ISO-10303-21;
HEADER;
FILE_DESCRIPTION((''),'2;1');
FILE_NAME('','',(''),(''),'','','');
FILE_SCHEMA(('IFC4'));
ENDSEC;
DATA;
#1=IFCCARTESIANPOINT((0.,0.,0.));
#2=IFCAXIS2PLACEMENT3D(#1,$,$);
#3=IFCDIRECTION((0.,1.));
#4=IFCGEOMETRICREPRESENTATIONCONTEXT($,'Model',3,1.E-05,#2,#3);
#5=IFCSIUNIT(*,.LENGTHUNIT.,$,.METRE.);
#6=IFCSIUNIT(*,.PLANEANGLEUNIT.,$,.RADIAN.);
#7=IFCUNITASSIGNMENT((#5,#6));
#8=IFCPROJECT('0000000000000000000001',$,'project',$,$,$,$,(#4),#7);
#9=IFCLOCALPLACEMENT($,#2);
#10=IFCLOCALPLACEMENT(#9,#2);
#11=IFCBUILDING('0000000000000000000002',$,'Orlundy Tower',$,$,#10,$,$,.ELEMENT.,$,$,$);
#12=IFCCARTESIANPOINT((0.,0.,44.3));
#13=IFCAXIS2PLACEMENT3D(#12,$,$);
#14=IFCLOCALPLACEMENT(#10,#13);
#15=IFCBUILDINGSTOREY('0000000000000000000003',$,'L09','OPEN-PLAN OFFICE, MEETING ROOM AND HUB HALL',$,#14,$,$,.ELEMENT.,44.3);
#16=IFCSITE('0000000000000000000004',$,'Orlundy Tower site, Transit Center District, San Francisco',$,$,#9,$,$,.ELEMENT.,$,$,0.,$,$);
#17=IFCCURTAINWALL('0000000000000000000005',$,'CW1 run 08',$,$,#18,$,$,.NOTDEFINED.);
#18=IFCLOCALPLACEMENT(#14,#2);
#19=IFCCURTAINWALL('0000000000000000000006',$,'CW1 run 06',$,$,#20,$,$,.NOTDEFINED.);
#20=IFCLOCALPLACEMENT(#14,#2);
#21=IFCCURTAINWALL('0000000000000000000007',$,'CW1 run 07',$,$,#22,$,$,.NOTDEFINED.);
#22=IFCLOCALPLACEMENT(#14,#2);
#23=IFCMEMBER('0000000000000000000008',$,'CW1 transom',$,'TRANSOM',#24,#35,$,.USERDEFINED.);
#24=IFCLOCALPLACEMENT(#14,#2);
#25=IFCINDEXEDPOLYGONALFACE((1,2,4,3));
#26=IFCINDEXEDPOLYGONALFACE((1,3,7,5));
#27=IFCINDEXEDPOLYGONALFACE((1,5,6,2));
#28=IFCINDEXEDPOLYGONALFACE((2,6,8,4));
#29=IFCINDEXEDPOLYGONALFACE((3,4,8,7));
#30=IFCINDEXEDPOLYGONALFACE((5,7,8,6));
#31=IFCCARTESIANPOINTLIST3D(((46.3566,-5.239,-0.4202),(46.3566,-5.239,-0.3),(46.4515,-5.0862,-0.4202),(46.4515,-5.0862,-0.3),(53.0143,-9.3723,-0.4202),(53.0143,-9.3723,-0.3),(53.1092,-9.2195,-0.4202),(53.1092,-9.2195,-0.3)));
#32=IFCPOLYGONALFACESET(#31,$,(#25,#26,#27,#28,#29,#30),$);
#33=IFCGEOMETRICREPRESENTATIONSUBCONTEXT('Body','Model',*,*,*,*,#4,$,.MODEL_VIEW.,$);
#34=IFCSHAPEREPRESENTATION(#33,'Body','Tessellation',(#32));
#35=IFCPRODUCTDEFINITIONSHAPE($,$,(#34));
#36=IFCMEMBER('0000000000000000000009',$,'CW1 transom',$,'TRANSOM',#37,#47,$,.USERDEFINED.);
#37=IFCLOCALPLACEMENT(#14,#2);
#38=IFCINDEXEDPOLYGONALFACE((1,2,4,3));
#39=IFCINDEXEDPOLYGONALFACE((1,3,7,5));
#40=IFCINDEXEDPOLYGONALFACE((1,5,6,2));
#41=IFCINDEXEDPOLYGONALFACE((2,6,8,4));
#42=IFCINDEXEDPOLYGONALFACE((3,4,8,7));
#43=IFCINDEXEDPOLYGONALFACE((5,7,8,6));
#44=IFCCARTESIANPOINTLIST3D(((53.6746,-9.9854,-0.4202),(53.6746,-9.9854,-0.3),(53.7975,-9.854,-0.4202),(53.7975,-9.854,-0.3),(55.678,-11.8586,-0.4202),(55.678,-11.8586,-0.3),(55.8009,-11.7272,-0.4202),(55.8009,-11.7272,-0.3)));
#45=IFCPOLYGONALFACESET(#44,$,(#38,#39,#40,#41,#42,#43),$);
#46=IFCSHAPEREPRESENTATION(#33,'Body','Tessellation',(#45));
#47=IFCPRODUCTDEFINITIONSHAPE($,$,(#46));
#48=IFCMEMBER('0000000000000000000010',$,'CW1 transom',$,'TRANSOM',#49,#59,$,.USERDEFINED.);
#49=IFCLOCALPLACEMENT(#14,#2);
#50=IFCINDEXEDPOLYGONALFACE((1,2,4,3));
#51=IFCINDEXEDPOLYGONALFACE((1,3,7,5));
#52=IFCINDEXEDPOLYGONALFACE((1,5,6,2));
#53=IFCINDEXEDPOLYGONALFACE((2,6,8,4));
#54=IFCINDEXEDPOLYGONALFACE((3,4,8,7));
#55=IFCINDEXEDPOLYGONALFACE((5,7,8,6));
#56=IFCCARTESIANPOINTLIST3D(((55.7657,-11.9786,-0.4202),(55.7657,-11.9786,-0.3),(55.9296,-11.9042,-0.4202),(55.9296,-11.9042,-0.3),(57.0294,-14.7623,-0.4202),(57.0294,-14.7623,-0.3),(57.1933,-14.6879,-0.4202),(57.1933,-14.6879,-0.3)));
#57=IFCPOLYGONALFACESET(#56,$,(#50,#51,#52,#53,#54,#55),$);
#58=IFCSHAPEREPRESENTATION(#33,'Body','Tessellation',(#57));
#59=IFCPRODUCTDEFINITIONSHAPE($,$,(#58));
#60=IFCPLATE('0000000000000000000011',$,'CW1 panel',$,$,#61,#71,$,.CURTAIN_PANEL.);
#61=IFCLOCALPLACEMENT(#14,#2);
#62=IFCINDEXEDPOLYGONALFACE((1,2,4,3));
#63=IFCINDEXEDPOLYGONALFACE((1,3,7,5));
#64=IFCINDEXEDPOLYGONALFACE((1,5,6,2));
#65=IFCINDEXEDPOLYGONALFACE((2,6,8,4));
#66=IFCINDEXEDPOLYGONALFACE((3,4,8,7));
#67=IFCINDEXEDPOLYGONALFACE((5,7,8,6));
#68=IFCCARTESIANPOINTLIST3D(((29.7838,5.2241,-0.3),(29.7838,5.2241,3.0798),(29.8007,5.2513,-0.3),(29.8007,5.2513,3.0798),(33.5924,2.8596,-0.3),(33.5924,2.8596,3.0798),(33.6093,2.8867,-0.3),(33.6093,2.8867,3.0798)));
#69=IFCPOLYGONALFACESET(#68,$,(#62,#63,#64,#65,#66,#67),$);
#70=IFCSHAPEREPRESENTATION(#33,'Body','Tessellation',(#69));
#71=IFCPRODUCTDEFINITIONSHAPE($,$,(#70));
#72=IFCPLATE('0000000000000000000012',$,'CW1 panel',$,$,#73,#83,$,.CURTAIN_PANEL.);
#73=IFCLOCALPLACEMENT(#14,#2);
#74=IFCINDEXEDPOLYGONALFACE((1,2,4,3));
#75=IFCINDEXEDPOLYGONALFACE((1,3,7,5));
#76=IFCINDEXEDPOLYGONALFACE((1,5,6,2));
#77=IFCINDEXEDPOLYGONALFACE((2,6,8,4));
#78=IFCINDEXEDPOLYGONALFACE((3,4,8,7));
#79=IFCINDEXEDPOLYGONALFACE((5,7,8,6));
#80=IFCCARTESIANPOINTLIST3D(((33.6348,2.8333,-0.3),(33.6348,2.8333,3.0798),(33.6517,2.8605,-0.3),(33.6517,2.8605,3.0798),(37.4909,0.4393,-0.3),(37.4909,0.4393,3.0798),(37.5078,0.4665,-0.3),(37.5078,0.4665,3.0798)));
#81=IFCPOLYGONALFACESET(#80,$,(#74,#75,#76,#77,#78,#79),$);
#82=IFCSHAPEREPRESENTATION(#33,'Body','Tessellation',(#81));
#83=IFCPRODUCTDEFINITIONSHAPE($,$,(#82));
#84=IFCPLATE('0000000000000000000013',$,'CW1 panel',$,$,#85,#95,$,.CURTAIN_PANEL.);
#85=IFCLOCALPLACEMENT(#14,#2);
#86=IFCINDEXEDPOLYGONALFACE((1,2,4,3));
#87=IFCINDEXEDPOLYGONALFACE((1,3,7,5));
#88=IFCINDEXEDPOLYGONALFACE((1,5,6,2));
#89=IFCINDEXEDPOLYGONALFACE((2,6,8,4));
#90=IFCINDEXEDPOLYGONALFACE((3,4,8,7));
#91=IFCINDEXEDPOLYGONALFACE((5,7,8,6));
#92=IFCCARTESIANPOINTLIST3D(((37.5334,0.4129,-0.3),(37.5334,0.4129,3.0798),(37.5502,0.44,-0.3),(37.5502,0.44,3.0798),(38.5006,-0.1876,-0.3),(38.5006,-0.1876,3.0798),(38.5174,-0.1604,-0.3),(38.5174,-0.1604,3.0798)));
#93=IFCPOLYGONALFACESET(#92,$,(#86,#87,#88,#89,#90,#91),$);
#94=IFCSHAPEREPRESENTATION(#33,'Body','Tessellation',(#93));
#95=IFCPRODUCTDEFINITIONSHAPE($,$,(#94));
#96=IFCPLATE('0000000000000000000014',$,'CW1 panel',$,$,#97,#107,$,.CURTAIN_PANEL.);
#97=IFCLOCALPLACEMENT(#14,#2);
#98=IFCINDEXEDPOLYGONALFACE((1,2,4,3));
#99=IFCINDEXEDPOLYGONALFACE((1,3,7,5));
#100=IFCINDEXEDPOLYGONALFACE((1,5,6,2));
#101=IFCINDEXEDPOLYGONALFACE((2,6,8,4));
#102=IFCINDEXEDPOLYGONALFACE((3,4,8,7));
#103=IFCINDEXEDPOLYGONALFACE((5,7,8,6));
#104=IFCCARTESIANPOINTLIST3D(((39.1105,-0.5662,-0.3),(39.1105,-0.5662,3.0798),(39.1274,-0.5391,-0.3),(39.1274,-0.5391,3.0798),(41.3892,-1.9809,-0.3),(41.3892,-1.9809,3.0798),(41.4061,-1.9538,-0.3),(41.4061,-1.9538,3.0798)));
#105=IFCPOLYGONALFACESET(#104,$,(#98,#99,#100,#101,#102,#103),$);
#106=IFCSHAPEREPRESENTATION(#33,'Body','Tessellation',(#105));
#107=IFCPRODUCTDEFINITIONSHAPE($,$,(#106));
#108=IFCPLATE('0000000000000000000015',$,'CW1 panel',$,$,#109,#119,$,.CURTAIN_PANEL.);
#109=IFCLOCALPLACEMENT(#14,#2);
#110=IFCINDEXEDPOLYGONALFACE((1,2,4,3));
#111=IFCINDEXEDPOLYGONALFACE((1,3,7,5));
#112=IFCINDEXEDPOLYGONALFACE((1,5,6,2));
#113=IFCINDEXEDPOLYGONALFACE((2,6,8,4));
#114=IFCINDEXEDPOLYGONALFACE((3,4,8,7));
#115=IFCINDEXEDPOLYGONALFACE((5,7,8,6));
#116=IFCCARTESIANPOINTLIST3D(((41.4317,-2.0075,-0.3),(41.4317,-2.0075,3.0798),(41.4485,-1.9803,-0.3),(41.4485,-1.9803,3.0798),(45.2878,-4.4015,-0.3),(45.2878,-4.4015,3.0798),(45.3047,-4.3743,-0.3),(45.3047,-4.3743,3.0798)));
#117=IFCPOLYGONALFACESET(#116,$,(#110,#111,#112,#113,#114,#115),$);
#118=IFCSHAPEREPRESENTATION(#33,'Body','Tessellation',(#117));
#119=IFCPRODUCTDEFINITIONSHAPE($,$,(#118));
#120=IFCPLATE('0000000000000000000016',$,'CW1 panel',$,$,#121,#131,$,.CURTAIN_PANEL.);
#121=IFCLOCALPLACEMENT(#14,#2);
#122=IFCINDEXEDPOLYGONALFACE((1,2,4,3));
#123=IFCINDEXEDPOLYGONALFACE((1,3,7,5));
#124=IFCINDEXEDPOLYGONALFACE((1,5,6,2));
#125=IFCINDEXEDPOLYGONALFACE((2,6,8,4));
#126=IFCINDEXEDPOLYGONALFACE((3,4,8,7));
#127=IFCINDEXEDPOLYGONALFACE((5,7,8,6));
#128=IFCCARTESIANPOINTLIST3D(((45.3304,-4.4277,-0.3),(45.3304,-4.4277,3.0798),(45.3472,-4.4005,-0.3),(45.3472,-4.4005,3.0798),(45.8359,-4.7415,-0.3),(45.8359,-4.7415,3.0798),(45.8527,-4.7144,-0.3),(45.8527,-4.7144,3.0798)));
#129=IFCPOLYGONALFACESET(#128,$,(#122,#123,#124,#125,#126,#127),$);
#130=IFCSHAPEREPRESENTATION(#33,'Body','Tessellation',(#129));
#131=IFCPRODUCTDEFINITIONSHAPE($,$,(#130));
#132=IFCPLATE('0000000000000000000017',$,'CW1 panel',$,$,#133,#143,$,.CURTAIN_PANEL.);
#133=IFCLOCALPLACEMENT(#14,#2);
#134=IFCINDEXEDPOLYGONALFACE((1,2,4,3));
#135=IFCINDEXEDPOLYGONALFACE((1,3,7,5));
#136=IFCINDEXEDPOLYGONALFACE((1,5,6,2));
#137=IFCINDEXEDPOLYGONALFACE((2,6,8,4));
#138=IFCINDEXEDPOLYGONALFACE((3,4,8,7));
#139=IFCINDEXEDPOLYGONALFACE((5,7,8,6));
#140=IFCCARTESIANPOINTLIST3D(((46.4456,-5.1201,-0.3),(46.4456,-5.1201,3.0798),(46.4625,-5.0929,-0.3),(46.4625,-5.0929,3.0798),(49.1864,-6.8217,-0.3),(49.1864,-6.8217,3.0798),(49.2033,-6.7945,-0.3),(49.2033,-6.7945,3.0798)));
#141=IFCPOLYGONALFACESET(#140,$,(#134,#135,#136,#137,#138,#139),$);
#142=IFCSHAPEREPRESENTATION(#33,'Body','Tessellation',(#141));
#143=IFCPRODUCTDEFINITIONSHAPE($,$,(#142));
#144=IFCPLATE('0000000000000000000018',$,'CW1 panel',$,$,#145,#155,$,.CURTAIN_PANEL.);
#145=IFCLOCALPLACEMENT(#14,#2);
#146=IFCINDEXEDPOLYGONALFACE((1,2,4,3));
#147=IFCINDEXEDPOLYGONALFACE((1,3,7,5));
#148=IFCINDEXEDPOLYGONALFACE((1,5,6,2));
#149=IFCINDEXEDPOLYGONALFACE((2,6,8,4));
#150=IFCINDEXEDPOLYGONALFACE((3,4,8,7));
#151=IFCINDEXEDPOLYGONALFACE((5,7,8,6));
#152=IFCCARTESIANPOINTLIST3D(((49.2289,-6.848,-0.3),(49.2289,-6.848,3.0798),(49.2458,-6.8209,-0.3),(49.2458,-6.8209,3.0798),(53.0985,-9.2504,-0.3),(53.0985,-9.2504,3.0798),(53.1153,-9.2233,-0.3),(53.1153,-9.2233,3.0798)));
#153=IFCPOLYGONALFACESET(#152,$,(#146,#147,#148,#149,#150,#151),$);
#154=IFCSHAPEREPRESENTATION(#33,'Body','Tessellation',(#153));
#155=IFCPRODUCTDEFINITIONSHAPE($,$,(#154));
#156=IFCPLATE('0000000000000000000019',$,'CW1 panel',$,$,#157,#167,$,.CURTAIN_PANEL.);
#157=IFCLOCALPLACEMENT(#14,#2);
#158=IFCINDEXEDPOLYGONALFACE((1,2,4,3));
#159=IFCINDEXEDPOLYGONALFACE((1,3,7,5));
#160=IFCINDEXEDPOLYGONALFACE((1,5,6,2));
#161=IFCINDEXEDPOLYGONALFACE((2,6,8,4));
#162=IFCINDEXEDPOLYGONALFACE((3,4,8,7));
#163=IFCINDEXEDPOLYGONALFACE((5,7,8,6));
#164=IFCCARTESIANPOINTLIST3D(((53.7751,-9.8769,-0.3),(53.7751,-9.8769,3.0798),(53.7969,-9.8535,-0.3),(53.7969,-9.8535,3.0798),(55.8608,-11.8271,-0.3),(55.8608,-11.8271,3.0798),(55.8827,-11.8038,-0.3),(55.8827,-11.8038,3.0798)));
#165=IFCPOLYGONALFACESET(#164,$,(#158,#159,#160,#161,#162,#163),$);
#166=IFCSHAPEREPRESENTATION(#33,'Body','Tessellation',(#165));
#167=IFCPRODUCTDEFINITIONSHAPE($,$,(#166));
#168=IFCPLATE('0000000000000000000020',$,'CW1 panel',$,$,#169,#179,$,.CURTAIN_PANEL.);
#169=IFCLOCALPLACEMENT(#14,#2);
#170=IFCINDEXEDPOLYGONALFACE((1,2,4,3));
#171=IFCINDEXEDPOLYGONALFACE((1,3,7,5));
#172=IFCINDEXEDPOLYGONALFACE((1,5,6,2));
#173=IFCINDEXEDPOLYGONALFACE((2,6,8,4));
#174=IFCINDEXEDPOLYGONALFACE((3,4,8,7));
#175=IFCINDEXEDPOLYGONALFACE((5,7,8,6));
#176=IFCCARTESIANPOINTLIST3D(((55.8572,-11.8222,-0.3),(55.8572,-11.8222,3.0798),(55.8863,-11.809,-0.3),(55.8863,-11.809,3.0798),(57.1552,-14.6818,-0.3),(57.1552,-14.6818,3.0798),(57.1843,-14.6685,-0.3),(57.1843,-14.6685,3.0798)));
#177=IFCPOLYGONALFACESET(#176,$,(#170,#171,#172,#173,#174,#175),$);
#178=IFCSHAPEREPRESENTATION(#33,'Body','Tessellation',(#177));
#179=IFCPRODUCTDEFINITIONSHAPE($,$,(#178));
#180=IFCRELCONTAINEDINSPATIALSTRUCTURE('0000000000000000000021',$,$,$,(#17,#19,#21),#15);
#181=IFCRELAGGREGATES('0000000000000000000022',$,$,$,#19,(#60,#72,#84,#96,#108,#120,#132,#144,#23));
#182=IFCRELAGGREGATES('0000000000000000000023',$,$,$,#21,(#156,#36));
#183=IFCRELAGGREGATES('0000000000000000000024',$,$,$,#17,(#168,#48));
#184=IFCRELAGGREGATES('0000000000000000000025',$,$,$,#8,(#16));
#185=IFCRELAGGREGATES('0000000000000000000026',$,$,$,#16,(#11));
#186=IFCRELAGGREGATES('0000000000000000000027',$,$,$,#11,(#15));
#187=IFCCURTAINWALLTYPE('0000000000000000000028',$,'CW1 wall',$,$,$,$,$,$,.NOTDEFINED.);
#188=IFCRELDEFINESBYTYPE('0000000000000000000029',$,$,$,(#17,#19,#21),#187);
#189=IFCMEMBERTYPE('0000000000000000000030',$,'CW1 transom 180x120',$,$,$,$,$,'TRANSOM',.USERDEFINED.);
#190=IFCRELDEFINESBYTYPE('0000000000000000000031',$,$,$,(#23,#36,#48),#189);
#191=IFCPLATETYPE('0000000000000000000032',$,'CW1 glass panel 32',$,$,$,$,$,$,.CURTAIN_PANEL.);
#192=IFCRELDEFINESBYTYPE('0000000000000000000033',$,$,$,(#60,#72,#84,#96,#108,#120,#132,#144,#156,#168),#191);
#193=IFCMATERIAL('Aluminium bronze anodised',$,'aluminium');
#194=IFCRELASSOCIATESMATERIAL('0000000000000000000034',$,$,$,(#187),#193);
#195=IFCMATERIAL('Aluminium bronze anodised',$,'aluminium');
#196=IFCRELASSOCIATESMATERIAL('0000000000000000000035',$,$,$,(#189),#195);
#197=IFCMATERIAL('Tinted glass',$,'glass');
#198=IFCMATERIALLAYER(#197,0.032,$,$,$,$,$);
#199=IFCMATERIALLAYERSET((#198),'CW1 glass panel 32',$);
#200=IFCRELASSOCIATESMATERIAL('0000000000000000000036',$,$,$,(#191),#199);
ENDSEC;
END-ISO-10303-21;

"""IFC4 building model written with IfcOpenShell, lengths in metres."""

from ifc_helpers import new_model, si_unit, direction, frame, origin, origin_2d, place, context, subcontext, project, spatial, rectangle, extrude, material, layer, layer_set, material_profile, profile_set, type_object, element, aggregate, save


model = new_model("IFC4")

# Units and contexts
model_context = context("Model", 3, precision=1e-05, world=origin(), true_north=direction((0.0, 1.0)))
body_context = subcontext(model_context, "Body", "Model", "MODEL_VIEW")
ifc_project = project(units=[si_unit("LENGTHUNIT", "METRE"), si_unit("PLANEANGLEUNIT", "RADIAN")], contexts=[model_context])

# Site, building, storey
site_placement = place(None, origin())
site = spatial("IfcSite", under=ifc_project, at=site_placement, Name="Orlundy Tower site, Transit Center District, San Francisco", CompositionType="ELEMENT", RefElevation=0.0)
building_placement = place(site_placement, origin())
building = spatial("IfcBuilding", under=site, at=building_placement, Name="Orlundy Tower", CompositionType="ELEMENT")
storey_placement = place(building_placement, frame((0.0, 0.0, 44.3)))
storey = spatial("IfcBuildingStorey", under=building, at=storey_placement, Name="L09", Description="OPEN-PLAN OFFICE, MEETING ROOM AND HUB HALL", CompositionType="ELEMENT", Elevation=44.3)

# Curtain wall
ifc_material_1 = material(Name="Aluminium bronze anodised", Category="aluminium")
curtain_wall_type = type_object("IfcCurtainWallType", Name="CW1 wall", PredefinedType="NOTDEFINED", material=ifc_material_1)
curtain_wall_1_placement = place(storey_placement, origin())
curtain_wall_1 = element("IfcCurtainWall", 1, at=curtain_wall_1_placement, inside=storey, type_object=curtain_wall_type, Name="CW1 run 08", PredefinedType="NOTDEFINED")

# Curtain wall
curtain_wall_2_placement = place(storey_placement, origin())
curtain_wall_2 = element("IfcCurtainWall", 2, at=curtain_wall_2_placement, inside=storey, type_object=curtain_wall_type, Name="CW1 run 06", PredefinedType="NOTDEFINED")

# Curtain wall
curtain_wall_3_placement = place(storey_placement, origin())
curtain_wall_3 = element("IfcCurtainWall", 3, at=curtain_wall_3_placement, inside=storey, type_object=curtain_wall_type, Name="CW1 run 07", PredefinedType="NOTDEFINED")

# Members
ifc_material_2 = material(Name="Aluminium bronze anodised", Category="aluminium")
ifc_material_profile_1 = material_profile(ifc_material_2, rectangle(XDim=0.1799, YDim=0.1201, at=origin_2d()), Name="CW1 transom 180x120")
ifc_profile_set_1 = profile_set([ifc_material_profile_1], Name="Aluminium bronze anodised")
member_type_1 = type_object("IfcMemberType", Name="CW1 transom 180x120", ElementType="TRANSOM", PredefinedType="USERDEFINED", material=ifc_profile_set_1)
member_1_placement = place(storey_placement, frame((46.4041, -5.1626, -0.3601), z_axis=(0.849587, -0.527448, 0.0), x_axis=(0.527448, 0.849587, 0.0)))
member_1 = element("IfcMember", 4, at=member_1_placement, type_object=member_type_1, Name="CW1 transom", ObjectType="TRANSOM", PredefinedType="USERDEFINED", context=body_context, shape_type="SweptSolid", body=[
    extrude(rectangle(XDim=0.1799, YDim=0.1201, at=origin_2d()), origin(), (0.0, 0.0, 1.0), 7.8364),
])
member_2_placement = place(storey_placement, frame((53.7361, -9.9197, -0.3601), z_axis=(0.73043, -0.682987, 0.0), x_axis=(0.682987, 0.73043, 0.0)))
member_2 = element("IfcMember", 5, at=member_2_placement, type_object=member_type_1, Name="CW1 transom", ObjectType="TRANSOM", PredefinedType="USERDEFINED", context=body_context, shape_type="SweptSolid", body=[
    extrude(rectangle(XDim=0.1799, YDim=0.1201, at=origin_2d()), origin(), (0.0, 0.0, 1.0), 2.7427),
])
member_3_placement = place(storey_placement, frame((55.8477, -11.9414, -0.3601), z_axis=(0.413358, -0.910569, 0.0), x_axis=(0.910569, 0.413358, 0.0)))
member_3 = element("IfcMember", 6, at=member_3_placement, type_object=member_type_1, Name="CW1 transom", ObjectType="TRANSOM", PredefinedType="USERDEFINED", context=body_context, shape_type="SweptSolid", body=[
    extrude(rectangle(XDim=0.1799, YDim=0.1201, at=origin_2d()), origin(), (0.0, 0.0, 1.0), 3.0571),
])

# Plates
ifc_material_3 = material(Name="Tinted glass", Category="glass")
ifc_layer = layer(ifc_material_3, 0.032)
ifc_layer_set = layer_set([ifc_layer], Name="CW1 glass panel 32")
plate_type = type_object("IfcPlateType", Name="CW1 glass panel 32", PredefinedType="CURTAIN_PANEL", material=ifc_layer_set)
plate_1_placement = place(storey_placement, frame((31.6965, 4.0554, -0.3), z_axis=(0.0, 0.0, 1.0), x_axis=(0.849584, -0.527453, 0.0)))
plate_1 = element("IfcPlate", 7, at=plate_1_placement, type_object=plate_type, Name="CW1 panel", PredefinedType="CURTAIN_PANEL", context=body_context, shape_type="SweptSolid", body=[
    extrude(rectangle(XDim=4.4829, YDim=0.032, at=origin_2d()), origin(), (0.0, 0.0, 1.0), 3.3799),
])
plate_2_placement = place(storey_placement, frame((35.5713, 1.6499, -0.3), z_axis=(0.0, 0.0, 1.0), x_axis=(0.849584, -0.527453, 0.0)))
plate_2 = element("IfcPlate", 8, at=plate_2_placement, type_object=plate_type, Name="CW1 panel", PredefinedType="CURTAIN_PANEL", context=body_context, shape_type="SweptSolid", body=[
    extrude(rectangle(XDim=4.5388, YDim=0.032, at=origin_2d()), origin(), (0.0, 0.0, 1.0), 3.3799),
])
plate_3_placement = place(storey_placement, frame((38.0254, 0.1262, -0.3), z_axis=(0.0, 0.0, 1.0), x_axis=(0.849584, -0.527453, 0.0)))
plate_3 = element("IfcPlate", 9, at=plate_3_placement, type_object=plate_type, Name="CW1 panel", PredefinedType="CURTAIN_PANEL", context=body_context, shape_type="SweptSolid", body=[
    extrude(rectangle(XDim=1.1384, YDim=0.032, at=origin_2d()), origin(), (0.0, 0.0, 1.0), 3.3799),
])
plate_4_placement = place(storey_placement, frame((40.2583, -1.26, -0.3), z_axis=(0.0, 0.0, 1.0), x_axis=(0.849584, -0.527453, 0.0)))
plate_4 = element("IfcPlate", 10, at=plate_4_placement, type_object=plate_type, Name="CW1 panel", PredefinedType="CURTAIN_PANEL", context=body_context, shape_type="SweptSolid", body=[
    extrude(rectangle(XDim=2.6821, YDim=0.032, at=origin_2d()), origin(), (0.0, 0.0, 1.0), 3.3799),
])
plate_5_placement = place(storey_placement, frame((43.3682, -3.1909, -0.3), z_axis=(0.0, 0.0, 1.0), x_axis=(0.849584, -0.527453, 0.0)))
plate_5 = element("IfcPlate", 11, at=plate_5_placement, type_object=plate_type, Name="CW1 panel", PredefinedType="CURTAIN_PANEL", context=body_context, shape_type="SweptSolid", body=[
    extrude(rectangle(XDim=4.5388, YDim=0.032, at=origin_2d()), origin(), (0.0, 0.0, 1.0), 3.3799),
])
plate_6_placement = place(storey_placement, frame((45.5916, -4.571, -0.3), z_axis=(0.0, 0.0, 1.0), x_axis=(0.849584, -0.527453, 0.0)))
plate_6 = element("IfcPlate", 12, at=plate_6_placement, type_object=plate_type, Name="CW1 panel", PredefinedType="CURTAIN_PANEL", context=body_context, shape_type="SweptSolid", body=[
    extrude(rectangle(XDim=0.595, YDim=0.032, at=origin_2d()), origin(), (0.0, 0.0, 1.0), 3.3799),
])
plate_7_placement = place(storey_placement, frame((47.8245, -5.9573, -0.3), z_axis=(0.0, 0.0, 1.0), x_axis=(0.849584, -0.527453, 0.0)))
plate_7 = element("IfcPlate", 13, at=plate_7_placement, type_object=plate_type, Name="CW1 panel", PredefinedType="CURTAIN_PANEL", context=body_context, shape_type="SweptSolid", body=[
    extrude(rectangle(XDim=3.2261, YDim=0.032, at=origin_2d()), origin(), (0.0, 0.0, 1.0), 3.3799),
])
plate_8_placement = place(storey_placement, frame((51.1721, -8.0356, -0.3), z_axis=(0.0, 0.0, 1.0), x_axis=(0.849584, -0.527453, 0.0)))
plate_8 = element("IfcPlate", 14, at=plate_8_placement, type_object=plate_type, Name="CW1 panel", PredefinedType="CURTAIN_PANEL", context=body_context, shape_type="SweptSolid", body=[
    extrude(rectangle(XDim=4.5547, YDim=0.032, at=origin_2d()), origin(), (0.0, 0.0, 1.0), 3.3799),
])
aggregate(curtain_wall_2, [plate_1, plate_2, plate_3, plate_4, plate_5, plate_6, plate_7, plate_8, member_1])
plate_9_placement = place(storey_placement, frame((54.8289, -10.8403, -0.3), z_axis=(0.0, 0.0, 1.0), x_axis=(0.730445, -0.682971, 0.0)))
plate_9 = element("IfcPlate", 15, at=plate_9_placement, type_object=plate_type, Name="CW1 panel", PredefinedType="CURTAIN_PANEL", context=body_context, shape_type="SweptSolid", body=[
    extrude(rectangle(XDim=2.8555, YDim=0.032, at=origin_2d()), origin(), (0.0, 0.0, 1.0), 3.3799),
])
aggregate(curtain_wall_3, [plate_9, member_2])
plate_10_placement = place(storey_placement, frame((56.5208, -13.2454, -0.3), z_axis=(0.0, 0.0, 1.0), x_axis=(0.413335, -0.910579, 0.0)))
plate_10 = element("IfcPlate", 16, at=plate_10_placement, type_object=plate_type, Name="CW1 panel", PredefinedType="CURTAIN_PANEL", context=body_context, shape_type="SweptSolid", body=[
    extrude(rectangle(XDim=3.1404, YDim=0.032, at=origin_2d()), origin(), (0.0, 0.0, 1.0), 3.3799),
])
aggregate(curtain_wall_1, [plate_10, member_3])

save(model, "model.ifc")
